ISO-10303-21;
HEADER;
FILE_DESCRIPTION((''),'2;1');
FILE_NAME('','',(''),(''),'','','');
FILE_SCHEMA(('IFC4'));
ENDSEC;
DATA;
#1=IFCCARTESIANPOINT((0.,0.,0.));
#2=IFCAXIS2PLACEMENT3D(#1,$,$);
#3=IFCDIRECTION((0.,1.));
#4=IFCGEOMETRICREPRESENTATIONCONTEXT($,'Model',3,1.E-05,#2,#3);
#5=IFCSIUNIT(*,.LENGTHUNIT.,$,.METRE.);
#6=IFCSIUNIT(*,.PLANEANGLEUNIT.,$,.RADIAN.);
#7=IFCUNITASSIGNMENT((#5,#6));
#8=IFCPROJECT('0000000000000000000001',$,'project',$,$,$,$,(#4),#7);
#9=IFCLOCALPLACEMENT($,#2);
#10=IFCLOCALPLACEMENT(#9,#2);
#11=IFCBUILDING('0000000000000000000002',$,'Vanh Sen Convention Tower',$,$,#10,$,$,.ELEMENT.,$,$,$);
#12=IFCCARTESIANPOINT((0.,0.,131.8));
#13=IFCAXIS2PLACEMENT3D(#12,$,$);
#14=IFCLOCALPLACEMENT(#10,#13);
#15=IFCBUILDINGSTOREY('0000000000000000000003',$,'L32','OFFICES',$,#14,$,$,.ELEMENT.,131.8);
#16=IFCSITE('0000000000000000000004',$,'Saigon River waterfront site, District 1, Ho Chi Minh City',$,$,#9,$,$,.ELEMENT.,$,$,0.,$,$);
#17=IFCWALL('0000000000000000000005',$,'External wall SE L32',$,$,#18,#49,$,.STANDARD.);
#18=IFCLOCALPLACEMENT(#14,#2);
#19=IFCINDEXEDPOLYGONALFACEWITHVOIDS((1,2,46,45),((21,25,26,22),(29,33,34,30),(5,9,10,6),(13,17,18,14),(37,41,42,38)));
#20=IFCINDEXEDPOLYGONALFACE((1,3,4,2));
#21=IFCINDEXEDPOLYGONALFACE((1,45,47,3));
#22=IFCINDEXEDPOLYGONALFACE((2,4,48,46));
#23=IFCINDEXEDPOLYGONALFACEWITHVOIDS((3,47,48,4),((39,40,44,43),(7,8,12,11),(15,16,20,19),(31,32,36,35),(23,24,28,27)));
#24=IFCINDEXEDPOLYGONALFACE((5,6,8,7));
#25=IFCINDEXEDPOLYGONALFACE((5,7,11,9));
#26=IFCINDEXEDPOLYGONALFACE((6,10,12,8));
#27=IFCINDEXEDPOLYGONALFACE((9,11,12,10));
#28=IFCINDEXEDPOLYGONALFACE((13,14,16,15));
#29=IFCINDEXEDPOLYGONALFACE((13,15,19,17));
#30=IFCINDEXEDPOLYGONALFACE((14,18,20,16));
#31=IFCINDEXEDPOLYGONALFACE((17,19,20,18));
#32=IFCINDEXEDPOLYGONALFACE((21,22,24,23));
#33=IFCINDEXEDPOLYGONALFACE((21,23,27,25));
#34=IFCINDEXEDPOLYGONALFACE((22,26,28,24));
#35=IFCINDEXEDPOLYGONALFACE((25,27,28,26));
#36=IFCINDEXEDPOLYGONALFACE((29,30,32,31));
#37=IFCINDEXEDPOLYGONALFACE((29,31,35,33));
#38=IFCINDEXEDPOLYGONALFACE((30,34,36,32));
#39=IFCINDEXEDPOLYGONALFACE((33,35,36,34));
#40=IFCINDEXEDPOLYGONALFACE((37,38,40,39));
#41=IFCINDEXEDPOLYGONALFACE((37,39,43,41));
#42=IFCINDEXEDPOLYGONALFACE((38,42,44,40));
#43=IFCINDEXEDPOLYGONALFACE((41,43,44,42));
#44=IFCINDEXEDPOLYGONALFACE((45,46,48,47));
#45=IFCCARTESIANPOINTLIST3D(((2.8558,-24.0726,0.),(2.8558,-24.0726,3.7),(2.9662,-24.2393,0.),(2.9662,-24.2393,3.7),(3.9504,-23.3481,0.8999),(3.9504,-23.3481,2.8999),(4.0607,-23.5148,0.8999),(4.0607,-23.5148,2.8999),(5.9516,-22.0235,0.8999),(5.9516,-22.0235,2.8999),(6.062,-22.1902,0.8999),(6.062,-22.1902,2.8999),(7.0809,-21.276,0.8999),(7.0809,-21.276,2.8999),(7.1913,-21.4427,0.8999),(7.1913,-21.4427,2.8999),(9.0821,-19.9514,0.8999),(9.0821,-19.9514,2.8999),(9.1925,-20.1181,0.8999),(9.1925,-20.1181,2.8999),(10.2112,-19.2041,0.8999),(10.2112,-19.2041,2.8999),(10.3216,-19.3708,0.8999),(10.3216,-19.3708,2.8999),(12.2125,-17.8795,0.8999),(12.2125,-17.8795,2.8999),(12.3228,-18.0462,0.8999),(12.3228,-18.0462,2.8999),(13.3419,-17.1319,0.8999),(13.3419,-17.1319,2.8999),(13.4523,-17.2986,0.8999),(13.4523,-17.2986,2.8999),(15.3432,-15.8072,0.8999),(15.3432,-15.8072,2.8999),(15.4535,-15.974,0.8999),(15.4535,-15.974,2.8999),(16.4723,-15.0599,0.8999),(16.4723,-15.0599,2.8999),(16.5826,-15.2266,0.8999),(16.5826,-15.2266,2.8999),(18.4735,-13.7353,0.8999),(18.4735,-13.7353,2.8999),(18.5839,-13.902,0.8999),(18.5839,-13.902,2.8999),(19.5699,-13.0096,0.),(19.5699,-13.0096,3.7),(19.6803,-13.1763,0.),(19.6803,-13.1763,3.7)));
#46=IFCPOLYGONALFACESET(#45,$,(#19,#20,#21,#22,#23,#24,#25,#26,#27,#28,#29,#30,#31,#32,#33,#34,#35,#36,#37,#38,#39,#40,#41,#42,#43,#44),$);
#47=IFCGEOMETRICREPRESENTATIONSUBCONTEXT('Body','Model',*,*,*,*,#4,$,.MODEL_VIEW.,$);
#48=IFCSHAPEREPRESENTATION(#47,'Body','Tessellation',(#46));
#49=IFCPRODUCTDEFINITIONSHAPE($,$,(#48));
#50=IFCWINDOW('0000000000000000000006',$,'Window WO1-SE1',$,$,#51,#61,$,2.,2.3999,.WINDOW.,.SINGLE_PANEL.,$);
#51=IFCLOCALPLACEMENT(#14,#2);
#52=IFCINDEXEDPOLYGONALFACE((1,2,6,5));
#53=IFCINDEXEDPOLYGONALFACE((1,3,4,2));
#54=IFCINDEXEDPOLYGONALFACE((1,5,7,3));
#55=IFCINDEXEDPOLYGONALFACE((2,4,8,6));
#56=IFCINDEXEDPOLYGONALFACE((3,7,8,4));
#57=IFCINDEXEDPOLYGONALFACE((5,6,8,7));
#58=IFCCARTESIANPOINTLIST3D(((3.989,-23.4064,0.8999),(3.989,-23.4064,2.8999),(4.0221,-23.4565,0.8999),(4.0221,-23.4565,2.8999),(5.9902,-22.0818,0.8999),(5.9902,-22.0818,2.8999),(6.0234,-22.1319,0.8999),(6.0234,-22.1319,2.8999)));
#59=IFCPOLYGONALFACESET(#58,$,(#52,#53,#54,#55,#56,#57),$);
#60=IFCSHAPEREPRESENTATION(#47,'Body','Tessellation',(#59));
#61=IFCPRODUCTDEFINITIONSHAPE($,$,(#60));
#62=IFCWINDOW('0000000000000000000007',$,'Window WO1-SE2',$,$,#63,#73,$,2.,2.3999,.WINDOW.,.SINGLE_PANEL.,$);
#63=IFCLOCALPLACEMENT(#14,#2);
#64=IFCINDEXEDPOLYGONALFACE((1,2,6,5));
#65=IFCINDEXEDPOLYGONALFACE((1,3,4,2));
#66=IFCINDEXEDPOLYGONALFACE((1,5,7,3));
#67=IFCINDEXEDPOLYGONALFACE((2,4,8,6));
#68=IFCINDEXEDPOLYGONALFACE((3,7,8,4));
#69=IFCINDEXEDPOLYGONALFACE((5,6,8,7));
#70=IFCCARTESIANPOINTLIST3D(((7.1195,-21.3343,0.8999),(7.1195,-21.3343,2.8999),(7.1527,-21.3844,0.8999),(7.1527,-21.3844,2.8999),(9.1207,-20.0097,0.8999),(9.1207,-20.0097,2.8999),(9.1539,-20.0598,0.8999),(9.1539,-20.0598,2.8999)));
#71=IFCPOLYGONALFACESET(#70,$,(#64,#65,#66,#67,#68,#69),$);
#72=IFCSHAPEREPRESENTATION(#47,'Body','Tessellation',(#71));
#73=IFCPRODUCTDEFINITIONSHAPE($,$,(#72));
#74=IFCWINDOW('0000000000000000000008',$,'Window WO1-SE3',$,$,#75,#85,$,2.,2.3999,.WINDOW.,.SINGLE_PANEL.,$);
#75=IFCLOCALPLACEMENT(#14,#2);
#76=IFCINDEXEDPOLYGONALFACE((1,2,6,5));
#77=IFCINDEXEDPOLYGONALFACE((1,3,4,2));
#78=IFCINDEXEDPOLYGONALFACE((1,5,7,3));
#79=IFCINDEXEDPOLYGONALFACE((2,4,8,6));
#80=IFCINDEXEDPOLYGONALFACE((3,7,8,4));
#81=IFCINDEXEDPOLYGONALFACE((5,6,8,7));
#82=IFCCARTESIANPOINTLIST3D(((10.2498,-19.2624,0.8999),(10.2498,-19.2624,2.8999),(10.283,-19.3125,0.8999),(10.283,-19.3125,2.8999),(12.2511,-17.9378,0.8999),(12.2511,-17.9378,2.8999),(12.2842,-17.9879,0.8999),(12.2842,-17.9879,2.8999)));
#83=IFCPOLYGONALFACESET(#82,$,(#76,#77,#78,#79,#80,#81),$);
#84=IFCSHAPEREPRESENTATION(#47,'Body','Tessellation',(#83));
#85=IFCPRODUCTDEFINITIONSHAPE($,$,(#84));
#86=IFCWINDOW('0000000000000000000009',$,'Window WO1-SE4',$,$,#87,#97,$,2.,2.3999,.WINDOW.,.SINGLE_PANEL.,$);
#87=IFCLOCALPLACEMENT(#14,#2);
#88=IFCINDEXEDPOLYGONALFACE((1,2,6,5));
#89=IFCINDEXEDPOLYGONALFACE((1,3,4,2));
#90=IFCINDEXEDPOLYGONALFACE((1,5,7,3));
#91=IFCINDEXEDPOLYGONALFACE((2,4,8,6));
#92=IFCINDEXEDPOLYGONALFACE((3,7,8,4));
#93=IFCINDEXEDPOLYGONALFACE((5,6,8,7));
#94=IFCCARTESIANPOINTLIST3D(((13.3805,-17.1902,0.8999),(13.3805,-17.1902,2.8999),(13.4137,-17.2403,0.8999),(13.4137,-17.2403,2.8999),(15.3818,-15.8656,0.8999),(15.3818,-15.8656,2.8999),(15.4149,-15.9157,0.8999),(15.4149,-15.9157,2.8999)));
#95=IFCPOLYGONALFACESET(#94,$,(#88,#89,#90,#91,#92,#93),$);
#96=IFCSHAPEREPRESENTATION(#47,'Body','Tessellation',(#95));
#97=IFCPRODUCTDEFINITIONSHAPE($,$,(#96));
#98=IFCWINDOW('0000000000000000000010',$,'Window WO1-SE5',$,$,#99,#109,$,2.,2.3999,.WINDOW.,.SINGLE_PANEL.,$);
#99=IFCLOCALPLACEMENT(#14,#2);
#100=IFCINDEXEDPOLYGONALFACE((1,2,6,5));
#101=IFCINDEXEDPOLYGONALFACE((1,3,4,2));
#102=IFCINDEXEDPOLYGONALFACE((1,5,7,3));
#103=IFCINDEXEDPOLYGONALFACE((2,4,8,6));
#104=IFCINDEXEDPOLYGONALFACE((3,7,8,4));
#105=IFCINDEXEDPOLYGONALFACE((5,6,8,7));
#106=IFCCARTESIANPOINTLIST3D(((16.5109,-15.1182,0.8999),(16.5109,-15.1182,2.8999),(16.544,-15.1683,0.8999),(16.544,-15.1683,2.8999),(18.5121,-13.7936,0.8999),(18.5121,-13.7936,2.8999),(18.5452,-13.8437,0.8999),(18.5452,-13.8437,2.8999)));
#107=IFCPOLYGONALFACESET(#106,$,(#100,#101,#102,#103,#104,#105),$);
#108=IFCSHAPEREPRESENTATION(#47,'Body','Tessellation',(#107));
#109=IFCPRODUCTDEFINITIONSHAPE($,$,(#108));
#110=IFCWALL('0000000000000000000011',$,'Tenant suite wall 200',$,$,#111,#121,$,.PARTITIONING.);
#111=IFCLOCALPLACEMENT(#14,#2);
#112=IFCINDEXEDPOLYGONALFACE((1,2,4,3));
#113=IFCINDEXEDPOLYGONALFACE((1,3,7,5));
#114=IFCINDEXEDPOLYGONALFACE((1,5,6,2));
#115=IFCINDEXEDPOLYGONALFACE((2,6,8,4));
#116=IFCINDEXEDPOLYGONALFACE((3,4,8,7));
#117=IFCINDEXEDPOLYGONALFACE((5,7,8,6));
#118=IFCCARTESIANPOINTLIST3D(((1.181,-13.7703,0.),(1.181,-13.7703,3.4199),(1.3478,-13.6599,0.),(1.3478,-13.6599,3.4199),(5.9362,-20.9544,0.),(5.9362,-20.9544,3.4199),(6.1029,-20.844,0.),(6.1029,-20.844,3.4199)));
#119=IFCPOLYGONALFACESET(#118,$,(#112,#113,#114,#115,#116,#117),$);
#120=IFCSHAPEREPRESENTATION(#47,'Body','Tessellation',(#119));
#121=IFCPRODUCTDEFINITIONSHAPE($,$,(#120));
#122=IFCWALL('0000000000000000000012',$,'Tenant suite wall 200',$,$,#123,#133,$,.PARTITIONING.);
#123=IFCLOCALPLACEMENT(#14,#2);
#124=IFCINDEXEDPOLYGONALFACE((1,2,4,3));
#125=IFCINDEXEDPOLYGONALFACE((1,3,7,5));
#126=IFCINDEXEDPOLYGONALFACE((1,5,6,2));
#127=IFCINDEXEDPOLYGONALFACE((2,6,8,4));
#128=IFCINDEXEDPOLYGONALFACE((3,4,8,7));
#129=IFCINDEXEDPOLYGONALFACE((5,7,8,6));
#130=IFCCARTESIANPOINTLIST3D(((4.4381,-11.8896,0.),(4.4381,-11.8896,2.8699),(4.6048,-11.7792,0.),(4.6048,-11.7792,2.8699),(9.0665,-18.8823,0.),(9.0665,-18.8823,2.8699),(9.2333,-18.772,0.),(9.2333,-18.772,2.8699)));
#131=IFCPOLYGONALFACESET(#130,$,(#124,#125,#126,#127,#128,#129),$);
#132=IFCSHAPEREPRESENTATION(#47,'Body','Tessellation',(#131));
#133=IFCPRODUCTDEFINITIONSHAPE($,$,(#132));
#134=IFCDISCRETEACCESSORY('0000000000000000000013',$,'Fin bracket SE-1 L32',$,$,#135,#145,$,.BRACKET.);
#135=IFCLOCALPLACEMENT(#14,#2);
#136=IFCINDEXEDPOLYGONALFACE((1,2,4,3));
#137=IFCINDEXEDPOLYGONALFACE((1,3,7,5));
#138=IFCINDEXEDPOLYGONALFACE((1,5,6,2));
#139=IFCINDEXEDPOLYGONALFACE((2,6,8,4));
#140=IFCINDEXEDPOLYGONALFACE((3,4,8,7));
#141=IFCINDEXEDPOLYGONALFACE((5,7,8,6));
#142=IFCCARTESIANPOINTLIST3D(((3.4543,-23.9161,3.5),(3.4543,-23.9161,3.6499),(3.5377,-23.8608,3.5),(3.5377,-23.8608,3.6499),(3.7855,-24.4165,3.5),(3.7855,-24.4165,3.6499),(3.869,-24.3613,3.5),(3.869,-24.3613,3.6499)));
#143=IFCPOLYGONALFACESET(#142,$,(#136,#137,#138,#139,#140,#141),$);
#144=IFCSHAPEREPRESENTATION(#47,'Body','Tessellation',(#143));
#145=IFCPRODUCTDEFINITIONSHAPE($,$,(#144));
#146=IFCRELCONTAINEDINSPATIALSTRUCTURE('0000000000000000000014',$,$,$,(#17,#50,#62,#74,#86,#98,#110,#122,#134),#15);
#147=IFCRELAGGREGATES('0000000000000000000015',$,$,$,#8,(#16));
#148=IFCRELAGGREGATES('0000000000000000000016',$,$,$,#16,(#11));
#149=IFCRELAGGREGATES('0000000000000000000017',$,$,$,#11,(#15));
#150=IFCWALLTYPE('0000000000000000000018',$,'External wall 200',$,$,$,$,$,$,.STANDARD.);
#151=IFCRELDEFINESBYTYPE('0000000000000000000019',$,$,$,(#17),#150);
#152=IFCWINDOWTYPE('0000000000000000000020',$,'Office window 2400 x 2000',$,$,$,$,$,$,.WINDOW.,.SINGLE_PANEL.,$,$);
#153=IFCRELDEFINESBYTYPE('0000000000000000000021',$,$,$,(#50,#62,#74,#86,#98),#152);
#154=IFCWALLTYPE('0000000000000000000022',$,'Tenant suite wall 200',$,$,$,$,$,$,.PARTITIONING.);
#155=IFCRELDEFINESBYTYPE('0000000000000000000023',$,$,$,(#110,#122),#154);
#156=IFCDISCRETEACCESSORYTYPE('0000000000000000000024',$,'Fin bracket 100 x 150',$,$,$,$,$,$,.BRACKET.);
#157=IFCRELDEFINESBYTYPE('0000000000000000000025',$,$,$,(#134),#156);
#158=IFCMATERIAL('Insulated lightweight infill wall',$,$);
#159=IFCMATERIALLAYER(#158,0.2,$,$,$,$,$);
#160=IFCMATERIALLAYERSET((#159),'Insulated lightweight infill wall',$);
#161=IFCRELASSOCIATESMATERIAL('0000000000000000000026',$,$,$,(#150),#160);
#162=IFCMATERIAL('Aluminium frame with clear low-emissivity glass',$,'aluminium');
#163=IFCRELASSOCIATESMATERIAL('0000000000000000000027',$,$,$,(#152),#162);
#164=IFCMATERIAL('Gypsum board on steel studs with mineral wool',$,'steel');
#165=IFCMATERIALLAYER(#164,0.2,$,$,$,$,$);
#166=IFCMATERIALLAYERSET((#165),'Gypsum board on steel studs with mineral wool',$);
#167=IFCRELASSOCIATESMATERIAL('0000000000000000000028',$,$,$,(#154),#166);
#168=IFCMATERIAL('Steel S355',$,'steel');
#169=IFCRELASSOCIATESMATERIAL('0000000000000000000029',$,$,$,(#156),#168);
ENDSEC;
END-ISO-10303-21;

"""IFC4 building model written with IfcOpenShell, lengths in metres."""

from ifc_helpers import new_model, si_unit, direction, frame, frame_2d, origin, origin_2d, place, context, subcontext, project, spatial, rectangle, extrude, material, layer, layer_set, type_object, element, fill, save


model = new_model("IFC4")

# Units and contexts
model_context = context("Model", 3, precision=1e-05, world=origin(), true_north=direction((0.0, 1.0)))
body_context = subcontext(model_context, "Body", "Model", "MODEL_VIEW")
ifc_project = project(units=[si_unit("LENGTHUNIT", "METRE"), si_unit("PLANEANGLEUNIT", "RADIAN")], contexts=[model_context])

# Site, building, storey
site_placement = place(None, origin())
site = spatial("IfcSite", under=ifc_project, at=site_placement, Name="Saigon River waterfront site, District 1, Ho Chi Minh City", CompositionType="ELEMENT", RefElevation=0.0)
building_placement = place(site_placement, origin())
building = spatial("IfcBuilding", under=site, at=building_placement, Name="Vanh Sen Convention Tower", CompositionType="ELEMENT")
storey_placement = place(building_placement, frame((0.0, 0.0, 131.8)))
storey = spatial("IfcBuildingStorey", under=building, at=storey_placement, Name="L32", Description="OFFICES", CompositionType="ELEMENT", Elevation=131.8)

# Shared definitions
ifc_material_1 = material(Name="Gypsum board on steel studs with mineral wool", Category="steel")

# Wall, openings, windows
ifc_material_2 = material(Name="Insulated lightweight infill wall")
ifc_layer_1 = layer(ifc_material_2, 0.2)
ifc_layer_set_1 = layer_set([ifc_layer_1], Name="Insulated lightweight infill wall")
wall_type_1 = type_object("IfcWallType", Name="External wall 200", PredefinedType="STANDARD", material=ifc_layer_set_1)
wall_1_placement = place(storey_placement, frame((2.9109, -24.156, 0.0), z_axis=(0.0, 0.0, 1.0), x_axis=(0.833882, 0.551943, 0.0)))
wall_1 = element("IfcWall", 1, at=wall_1_placement, inside=storey, type_object=wall_type_1, Name="External wall SE L32", PredefinedType="STANDARD", context=body_context, shape_type="SweptSolid", body=[
    extrude(rectangle(XDim=20.0437, YDim=0.2, at=frame_2d((10.022, 0.0))), origin(), (0.0, 0.0, 1.0), 3.7),
])
opening_1_placement = place(wall_1_placement, frame((1.3127, 0.0, 0.8999)))
opening_1 = element("IfcOpeningElement", 2, at=opening_1_placement, cuts=wall_1, PredefinedType="OPENING", context=body_context, shape_type="SweptSolid", body=[
    extrude(rectangle(XDim=2.3999, YDim=2.0, at=frame_2d((1.2, 1.0))), frame((0.0, 0.1099, 0.0), z_axis=(0.0, -1.0, 0.0), x_axis=(1.0, 0.0, 0.0)), (0.0, 0.0, 1.0), 0.22),
])
opening_2_placement = place(wall_1_placement, frame((5.0669, 0.0, 0.8999)))
opening_2 = element("IfcOpeningElement", 3, at=opening_2_placement, cuts=wall_1, PredefinedType="OPENING", context=body_context, shape_type="SweptSolid", body=[
    extrude(rectangle(XDim=2.3999, YDim=2.0, at=frame_2d((1.2, 1.0))), frame((0.0, 0.1099, 0.0), z_axis=(0.0, -1.0, 0.0), x_axis=(1.0, 0.0, 0.0)), (0.0, 0.0, 1.0), 0.22),
])
opening_3_placement = place(wall_1_placement, frame((8.8208, 0.0, 0.8999)))
opening_3 = element("IfcOpeningElement", 4, at=opening_3_placement, cuts=wall_1, PredefinedType="OPENING", context=body_context, shape_type="SweptSolid", body=[
    extrude(rectangle(XDim=2.3999, YDim=2.0, at=frame_2d((1.2, 1.0))), frame((0.0, 0.1099, 0.0), z_axis=(0.0, -1.0, 0.0), x_axis=(1.0, 0.0, 0.0)), (0.0, 0.0, 1.0), 0.22),
])
opening_4_placement = place(wall_1_placement, frame((12.5752, 0.0, 0.8999)))
opening_4 = element("IfcOpeningElement", 5, at=opening_4_placement, cuts=wall_1, PredefinedType="OPENING", context=body_context, shape_type="SweptSolid", body=[
    extrude(rectangle(XDim=2.3999, YDim=2.0, at=frame_2d((1.2, 1.0))), frame((0.0, 0.1099, 0.0), z_axis=(0.0, -1.0, 0.0), x_axis=(1.0, 0.0, 0.0)), (0.0, 0.0, 1.0), 0.22),
])
opening_5_placement = place(wall_1_placement, frame((16.3291, 0.0, 0.8999)))
opening_5 = element("IfcOpeningElement", 6, at=opening_5_placement, cuts=wall_1, PredefinedType="OPENING", context=body_context, shape_type="SweptSolid", body=[
    extrude(rectangle(XDim=2.3999, YDim=2.0, at=frame_2d((1.2, 1.0))), frame((0.0, 0.1099, 0.0), z_axis=(0.0, -1.0, 0.0), x_axis=(1.0, 0.0, 0.0)), (0.0, 0.0, 1.0), 0.22),
])
ifc_material_3 = material(Name="Aluminium frame with clear low-emissivity glass", Category="aluminium")
window_type = type_object("IfcWindowType", Name="Office window 2400 x 2000", PartitioningType="SINGLE_PANEL", PredefinedType="WINDOW", material=ifc_material_3)
window_1_placement = place(opening_1_placement, origin())
window_1 = element("IfcWindow", 7, at=window_1_placement, inside=storey, type_object=window_type, Name="Window WO1-SE1", OverallHeight=2.0, OverallWidth=2.3999, PartitioningType="SINGLE_PANEL", PredefinedType="WINDOW", context=body_context, shape_type="SweptSolid", body=[
    extrude(rectangle(XDim=2.3999, YDim=2.0, at=frame_2d((1.2, 1.0))), frame((0.0, 0.03, 0.0), z_axis=(0.0, -1.0, 0.0), x_axis=(1.0, 0.0, 0.0)), (0.0, 0.0, 1.0), 0.0601),
])
fill(opening_1, window_1)
window_2_placement = place(opening_2_placement, origin())
window_2 = element("IfcWindow", 8, at=window_2_placement, inside=storey, type_object=window_type, Name="Window WO1-SE2", OverallHeight=2.0, OverallWidth=2.3999, PartitioningType="SINGLE_PANEL", PredefinedType="WINDOW", context=body_context, shape_type="SweptSolid", body=[
    extrude(rectangle(XDim=2.3999, YDim=2.0, at=frame_2d((1.2, 1.0))), frame((0.0, 0.03, 0.0), z_axis=(0.0, -1.0, 0.0), x_axis=(1.0, 0.0, 0.0)), (0.0, 0.0, 1.0), 0.0601),
])
fill(opening_2, window_2)
window_3_placement = place(opening_3_placement, origin())
window_3 = element("IfcWindow", 9, at=window_3_placement, inside=storey, type_object=window_type, Name="Window WO1-SE3", OverallHeight=2.0, OverallWidth=2.3999, PartitioningType="SINGLE_PANEL", PredefinedType="WINDOW", context=body_context, shape_type="SweptSolid", body=[
    extrude(rectangle(XDim=2.3999, YDim=2.0, at=frame_2d((1.2, 1.0))), frame((0.0, 0.03, 0.0), z_axis=(0.0, -1.0, 0.0), x_axis=(1.0, 0.0, 0.0)), (0.0, 0.0, 1.0), 0.0601),
])
fill(opening_3, window_3)
window_4_placement = place(opening_4_placement, origin())
window_4 = element("IfcWindow", 10, at=window_4_placement, inside=storey, type_object=window_type, Name="Window WO1-SE4", OverallHeight=2.0, OverallWidth=2.3999, PartitioningType="SINGLE_PANEL", PredefinedType="WINDOW", context=body_context, shape_type="SweptSolid", body=[
    extrude(rectangle(XDim=2.3999, YDim=2.0, at=frame_2d((1.2, 1.0))), frame((0.0, 0.03, 0.0), z_axis=(0.0, -1.0, 0.0), x_axis=(1.0, 0.0, 0.0)), (0.0, 0.0, 1.0), 0.0601),
])
fill(opening_4, window_4)
window_5_placement = place(opening_5_placement, origin())
window_5 = element("IfcWindow", 11, at=window_5_placement, inside=storey, type_object=window_type, Name="Window WO1-SE5", OverallHeight=2.0, OverallWidth=2.3999, PartitioningType="SINGLE_PANEL", PredefinedType="WINDOW", context=body_context, shape_type="SweptSolid", body=[
    extrude(rectangle(XDim=2.3999, YDim=2.0, at=frame_2d((1.2, 1.0))), frame((0.0, 0.03, 0.0), z_axis=(0.0, -1.0, 0.0), x_axis=(1.0, 0.0, 0.0)), (0.0, 0.0, 1.0), 0.0601),
])
fill(opening_5, window_5)

# Walls
ifc_layer_2 = layer(ifc_material_1, 0.2)
ifc_layer_set_2 = layer_set([ifc_layer_2], Name="Gypsum board on steel studs with mineral wool")
wall_type_2 = type_object("IfcWallType", Name="Tenant suite wall 200", PredefinedType="PARTITIONING", material=ifc_layer_set_2)
wall_2_placement = place(storey_placement, frame((6.0195, -20.8992, 0.0), z_axis=(0.0, 0.0, 1.0), x_axis=(-0.551944, 0.833881, 0.0)))
element("IfcWall", 12, at=wall_2_placement, inside=storey, type_object=wall_type_2, Name="Tenant suite wall 200", PredefinedType="PARTITIONING", context=body_context, shape_type="SweptSolid", body=[
    extrude(rectangle(XDim=8.6152, YDim=0.2, at=frame_2d((4.3076, 0.0))), origin(), (0.0, 0.0, 1.0), 3.4199),
])
wall_3_placement = place(storey_placement, frame((9.1499, -18.8271, 0.0), z_axis=(0.0, 0.0, 1.0), x_axis=(-0.551943, 0.833882, 0.0)))
element("IfcWall", 13, at=wall_3_placement, inside=storey, type_object=wall_type_2, Name="Tenant suite wall 200", PredefinedType="PARTITIONING", context=body_context, shape_type="SweptSolid", body=[
    extrude(rectangle(XDim=8.3857, YDim=0.2, at=frame_2d((4.1929, 0.0))), origin(), (0.0, 0.0, 1.0), 2.8699),
])

# Discrete accessory
ifc_material_4 = material(Name="Steel S355", Category="steel")
discrete_accessory_type = type_object("IfcDiscreteAccessoryType", Name="Fin bracket 100 x 150", PredefinedType="BRACKET", material=ifc_material_4)
discrete_accessory_placement = place(storey_placement, frame((3.6616, -24.1387, 3.5), z_axis=(0.0, 0.0, 1.0), x_axis=(0.551937, -0.833886, 0.0)))
element("IfcDiscreteAccessory", 14, at=discrete_accessory_placement, inside=storey, type_object=discrete_accessory_type, Name="Fin bracket SE-1 L32", PredefinedType="BRACKET", context=body_context, shape_type="SweptSolid", body=[
    extrude(rectangle(XDim=0.6001, YDim=0.1001, at=origin_2d()), origin(), (0.0, 0.0, 1.0), 0.1499),
])

save(model, "model.ifc")
